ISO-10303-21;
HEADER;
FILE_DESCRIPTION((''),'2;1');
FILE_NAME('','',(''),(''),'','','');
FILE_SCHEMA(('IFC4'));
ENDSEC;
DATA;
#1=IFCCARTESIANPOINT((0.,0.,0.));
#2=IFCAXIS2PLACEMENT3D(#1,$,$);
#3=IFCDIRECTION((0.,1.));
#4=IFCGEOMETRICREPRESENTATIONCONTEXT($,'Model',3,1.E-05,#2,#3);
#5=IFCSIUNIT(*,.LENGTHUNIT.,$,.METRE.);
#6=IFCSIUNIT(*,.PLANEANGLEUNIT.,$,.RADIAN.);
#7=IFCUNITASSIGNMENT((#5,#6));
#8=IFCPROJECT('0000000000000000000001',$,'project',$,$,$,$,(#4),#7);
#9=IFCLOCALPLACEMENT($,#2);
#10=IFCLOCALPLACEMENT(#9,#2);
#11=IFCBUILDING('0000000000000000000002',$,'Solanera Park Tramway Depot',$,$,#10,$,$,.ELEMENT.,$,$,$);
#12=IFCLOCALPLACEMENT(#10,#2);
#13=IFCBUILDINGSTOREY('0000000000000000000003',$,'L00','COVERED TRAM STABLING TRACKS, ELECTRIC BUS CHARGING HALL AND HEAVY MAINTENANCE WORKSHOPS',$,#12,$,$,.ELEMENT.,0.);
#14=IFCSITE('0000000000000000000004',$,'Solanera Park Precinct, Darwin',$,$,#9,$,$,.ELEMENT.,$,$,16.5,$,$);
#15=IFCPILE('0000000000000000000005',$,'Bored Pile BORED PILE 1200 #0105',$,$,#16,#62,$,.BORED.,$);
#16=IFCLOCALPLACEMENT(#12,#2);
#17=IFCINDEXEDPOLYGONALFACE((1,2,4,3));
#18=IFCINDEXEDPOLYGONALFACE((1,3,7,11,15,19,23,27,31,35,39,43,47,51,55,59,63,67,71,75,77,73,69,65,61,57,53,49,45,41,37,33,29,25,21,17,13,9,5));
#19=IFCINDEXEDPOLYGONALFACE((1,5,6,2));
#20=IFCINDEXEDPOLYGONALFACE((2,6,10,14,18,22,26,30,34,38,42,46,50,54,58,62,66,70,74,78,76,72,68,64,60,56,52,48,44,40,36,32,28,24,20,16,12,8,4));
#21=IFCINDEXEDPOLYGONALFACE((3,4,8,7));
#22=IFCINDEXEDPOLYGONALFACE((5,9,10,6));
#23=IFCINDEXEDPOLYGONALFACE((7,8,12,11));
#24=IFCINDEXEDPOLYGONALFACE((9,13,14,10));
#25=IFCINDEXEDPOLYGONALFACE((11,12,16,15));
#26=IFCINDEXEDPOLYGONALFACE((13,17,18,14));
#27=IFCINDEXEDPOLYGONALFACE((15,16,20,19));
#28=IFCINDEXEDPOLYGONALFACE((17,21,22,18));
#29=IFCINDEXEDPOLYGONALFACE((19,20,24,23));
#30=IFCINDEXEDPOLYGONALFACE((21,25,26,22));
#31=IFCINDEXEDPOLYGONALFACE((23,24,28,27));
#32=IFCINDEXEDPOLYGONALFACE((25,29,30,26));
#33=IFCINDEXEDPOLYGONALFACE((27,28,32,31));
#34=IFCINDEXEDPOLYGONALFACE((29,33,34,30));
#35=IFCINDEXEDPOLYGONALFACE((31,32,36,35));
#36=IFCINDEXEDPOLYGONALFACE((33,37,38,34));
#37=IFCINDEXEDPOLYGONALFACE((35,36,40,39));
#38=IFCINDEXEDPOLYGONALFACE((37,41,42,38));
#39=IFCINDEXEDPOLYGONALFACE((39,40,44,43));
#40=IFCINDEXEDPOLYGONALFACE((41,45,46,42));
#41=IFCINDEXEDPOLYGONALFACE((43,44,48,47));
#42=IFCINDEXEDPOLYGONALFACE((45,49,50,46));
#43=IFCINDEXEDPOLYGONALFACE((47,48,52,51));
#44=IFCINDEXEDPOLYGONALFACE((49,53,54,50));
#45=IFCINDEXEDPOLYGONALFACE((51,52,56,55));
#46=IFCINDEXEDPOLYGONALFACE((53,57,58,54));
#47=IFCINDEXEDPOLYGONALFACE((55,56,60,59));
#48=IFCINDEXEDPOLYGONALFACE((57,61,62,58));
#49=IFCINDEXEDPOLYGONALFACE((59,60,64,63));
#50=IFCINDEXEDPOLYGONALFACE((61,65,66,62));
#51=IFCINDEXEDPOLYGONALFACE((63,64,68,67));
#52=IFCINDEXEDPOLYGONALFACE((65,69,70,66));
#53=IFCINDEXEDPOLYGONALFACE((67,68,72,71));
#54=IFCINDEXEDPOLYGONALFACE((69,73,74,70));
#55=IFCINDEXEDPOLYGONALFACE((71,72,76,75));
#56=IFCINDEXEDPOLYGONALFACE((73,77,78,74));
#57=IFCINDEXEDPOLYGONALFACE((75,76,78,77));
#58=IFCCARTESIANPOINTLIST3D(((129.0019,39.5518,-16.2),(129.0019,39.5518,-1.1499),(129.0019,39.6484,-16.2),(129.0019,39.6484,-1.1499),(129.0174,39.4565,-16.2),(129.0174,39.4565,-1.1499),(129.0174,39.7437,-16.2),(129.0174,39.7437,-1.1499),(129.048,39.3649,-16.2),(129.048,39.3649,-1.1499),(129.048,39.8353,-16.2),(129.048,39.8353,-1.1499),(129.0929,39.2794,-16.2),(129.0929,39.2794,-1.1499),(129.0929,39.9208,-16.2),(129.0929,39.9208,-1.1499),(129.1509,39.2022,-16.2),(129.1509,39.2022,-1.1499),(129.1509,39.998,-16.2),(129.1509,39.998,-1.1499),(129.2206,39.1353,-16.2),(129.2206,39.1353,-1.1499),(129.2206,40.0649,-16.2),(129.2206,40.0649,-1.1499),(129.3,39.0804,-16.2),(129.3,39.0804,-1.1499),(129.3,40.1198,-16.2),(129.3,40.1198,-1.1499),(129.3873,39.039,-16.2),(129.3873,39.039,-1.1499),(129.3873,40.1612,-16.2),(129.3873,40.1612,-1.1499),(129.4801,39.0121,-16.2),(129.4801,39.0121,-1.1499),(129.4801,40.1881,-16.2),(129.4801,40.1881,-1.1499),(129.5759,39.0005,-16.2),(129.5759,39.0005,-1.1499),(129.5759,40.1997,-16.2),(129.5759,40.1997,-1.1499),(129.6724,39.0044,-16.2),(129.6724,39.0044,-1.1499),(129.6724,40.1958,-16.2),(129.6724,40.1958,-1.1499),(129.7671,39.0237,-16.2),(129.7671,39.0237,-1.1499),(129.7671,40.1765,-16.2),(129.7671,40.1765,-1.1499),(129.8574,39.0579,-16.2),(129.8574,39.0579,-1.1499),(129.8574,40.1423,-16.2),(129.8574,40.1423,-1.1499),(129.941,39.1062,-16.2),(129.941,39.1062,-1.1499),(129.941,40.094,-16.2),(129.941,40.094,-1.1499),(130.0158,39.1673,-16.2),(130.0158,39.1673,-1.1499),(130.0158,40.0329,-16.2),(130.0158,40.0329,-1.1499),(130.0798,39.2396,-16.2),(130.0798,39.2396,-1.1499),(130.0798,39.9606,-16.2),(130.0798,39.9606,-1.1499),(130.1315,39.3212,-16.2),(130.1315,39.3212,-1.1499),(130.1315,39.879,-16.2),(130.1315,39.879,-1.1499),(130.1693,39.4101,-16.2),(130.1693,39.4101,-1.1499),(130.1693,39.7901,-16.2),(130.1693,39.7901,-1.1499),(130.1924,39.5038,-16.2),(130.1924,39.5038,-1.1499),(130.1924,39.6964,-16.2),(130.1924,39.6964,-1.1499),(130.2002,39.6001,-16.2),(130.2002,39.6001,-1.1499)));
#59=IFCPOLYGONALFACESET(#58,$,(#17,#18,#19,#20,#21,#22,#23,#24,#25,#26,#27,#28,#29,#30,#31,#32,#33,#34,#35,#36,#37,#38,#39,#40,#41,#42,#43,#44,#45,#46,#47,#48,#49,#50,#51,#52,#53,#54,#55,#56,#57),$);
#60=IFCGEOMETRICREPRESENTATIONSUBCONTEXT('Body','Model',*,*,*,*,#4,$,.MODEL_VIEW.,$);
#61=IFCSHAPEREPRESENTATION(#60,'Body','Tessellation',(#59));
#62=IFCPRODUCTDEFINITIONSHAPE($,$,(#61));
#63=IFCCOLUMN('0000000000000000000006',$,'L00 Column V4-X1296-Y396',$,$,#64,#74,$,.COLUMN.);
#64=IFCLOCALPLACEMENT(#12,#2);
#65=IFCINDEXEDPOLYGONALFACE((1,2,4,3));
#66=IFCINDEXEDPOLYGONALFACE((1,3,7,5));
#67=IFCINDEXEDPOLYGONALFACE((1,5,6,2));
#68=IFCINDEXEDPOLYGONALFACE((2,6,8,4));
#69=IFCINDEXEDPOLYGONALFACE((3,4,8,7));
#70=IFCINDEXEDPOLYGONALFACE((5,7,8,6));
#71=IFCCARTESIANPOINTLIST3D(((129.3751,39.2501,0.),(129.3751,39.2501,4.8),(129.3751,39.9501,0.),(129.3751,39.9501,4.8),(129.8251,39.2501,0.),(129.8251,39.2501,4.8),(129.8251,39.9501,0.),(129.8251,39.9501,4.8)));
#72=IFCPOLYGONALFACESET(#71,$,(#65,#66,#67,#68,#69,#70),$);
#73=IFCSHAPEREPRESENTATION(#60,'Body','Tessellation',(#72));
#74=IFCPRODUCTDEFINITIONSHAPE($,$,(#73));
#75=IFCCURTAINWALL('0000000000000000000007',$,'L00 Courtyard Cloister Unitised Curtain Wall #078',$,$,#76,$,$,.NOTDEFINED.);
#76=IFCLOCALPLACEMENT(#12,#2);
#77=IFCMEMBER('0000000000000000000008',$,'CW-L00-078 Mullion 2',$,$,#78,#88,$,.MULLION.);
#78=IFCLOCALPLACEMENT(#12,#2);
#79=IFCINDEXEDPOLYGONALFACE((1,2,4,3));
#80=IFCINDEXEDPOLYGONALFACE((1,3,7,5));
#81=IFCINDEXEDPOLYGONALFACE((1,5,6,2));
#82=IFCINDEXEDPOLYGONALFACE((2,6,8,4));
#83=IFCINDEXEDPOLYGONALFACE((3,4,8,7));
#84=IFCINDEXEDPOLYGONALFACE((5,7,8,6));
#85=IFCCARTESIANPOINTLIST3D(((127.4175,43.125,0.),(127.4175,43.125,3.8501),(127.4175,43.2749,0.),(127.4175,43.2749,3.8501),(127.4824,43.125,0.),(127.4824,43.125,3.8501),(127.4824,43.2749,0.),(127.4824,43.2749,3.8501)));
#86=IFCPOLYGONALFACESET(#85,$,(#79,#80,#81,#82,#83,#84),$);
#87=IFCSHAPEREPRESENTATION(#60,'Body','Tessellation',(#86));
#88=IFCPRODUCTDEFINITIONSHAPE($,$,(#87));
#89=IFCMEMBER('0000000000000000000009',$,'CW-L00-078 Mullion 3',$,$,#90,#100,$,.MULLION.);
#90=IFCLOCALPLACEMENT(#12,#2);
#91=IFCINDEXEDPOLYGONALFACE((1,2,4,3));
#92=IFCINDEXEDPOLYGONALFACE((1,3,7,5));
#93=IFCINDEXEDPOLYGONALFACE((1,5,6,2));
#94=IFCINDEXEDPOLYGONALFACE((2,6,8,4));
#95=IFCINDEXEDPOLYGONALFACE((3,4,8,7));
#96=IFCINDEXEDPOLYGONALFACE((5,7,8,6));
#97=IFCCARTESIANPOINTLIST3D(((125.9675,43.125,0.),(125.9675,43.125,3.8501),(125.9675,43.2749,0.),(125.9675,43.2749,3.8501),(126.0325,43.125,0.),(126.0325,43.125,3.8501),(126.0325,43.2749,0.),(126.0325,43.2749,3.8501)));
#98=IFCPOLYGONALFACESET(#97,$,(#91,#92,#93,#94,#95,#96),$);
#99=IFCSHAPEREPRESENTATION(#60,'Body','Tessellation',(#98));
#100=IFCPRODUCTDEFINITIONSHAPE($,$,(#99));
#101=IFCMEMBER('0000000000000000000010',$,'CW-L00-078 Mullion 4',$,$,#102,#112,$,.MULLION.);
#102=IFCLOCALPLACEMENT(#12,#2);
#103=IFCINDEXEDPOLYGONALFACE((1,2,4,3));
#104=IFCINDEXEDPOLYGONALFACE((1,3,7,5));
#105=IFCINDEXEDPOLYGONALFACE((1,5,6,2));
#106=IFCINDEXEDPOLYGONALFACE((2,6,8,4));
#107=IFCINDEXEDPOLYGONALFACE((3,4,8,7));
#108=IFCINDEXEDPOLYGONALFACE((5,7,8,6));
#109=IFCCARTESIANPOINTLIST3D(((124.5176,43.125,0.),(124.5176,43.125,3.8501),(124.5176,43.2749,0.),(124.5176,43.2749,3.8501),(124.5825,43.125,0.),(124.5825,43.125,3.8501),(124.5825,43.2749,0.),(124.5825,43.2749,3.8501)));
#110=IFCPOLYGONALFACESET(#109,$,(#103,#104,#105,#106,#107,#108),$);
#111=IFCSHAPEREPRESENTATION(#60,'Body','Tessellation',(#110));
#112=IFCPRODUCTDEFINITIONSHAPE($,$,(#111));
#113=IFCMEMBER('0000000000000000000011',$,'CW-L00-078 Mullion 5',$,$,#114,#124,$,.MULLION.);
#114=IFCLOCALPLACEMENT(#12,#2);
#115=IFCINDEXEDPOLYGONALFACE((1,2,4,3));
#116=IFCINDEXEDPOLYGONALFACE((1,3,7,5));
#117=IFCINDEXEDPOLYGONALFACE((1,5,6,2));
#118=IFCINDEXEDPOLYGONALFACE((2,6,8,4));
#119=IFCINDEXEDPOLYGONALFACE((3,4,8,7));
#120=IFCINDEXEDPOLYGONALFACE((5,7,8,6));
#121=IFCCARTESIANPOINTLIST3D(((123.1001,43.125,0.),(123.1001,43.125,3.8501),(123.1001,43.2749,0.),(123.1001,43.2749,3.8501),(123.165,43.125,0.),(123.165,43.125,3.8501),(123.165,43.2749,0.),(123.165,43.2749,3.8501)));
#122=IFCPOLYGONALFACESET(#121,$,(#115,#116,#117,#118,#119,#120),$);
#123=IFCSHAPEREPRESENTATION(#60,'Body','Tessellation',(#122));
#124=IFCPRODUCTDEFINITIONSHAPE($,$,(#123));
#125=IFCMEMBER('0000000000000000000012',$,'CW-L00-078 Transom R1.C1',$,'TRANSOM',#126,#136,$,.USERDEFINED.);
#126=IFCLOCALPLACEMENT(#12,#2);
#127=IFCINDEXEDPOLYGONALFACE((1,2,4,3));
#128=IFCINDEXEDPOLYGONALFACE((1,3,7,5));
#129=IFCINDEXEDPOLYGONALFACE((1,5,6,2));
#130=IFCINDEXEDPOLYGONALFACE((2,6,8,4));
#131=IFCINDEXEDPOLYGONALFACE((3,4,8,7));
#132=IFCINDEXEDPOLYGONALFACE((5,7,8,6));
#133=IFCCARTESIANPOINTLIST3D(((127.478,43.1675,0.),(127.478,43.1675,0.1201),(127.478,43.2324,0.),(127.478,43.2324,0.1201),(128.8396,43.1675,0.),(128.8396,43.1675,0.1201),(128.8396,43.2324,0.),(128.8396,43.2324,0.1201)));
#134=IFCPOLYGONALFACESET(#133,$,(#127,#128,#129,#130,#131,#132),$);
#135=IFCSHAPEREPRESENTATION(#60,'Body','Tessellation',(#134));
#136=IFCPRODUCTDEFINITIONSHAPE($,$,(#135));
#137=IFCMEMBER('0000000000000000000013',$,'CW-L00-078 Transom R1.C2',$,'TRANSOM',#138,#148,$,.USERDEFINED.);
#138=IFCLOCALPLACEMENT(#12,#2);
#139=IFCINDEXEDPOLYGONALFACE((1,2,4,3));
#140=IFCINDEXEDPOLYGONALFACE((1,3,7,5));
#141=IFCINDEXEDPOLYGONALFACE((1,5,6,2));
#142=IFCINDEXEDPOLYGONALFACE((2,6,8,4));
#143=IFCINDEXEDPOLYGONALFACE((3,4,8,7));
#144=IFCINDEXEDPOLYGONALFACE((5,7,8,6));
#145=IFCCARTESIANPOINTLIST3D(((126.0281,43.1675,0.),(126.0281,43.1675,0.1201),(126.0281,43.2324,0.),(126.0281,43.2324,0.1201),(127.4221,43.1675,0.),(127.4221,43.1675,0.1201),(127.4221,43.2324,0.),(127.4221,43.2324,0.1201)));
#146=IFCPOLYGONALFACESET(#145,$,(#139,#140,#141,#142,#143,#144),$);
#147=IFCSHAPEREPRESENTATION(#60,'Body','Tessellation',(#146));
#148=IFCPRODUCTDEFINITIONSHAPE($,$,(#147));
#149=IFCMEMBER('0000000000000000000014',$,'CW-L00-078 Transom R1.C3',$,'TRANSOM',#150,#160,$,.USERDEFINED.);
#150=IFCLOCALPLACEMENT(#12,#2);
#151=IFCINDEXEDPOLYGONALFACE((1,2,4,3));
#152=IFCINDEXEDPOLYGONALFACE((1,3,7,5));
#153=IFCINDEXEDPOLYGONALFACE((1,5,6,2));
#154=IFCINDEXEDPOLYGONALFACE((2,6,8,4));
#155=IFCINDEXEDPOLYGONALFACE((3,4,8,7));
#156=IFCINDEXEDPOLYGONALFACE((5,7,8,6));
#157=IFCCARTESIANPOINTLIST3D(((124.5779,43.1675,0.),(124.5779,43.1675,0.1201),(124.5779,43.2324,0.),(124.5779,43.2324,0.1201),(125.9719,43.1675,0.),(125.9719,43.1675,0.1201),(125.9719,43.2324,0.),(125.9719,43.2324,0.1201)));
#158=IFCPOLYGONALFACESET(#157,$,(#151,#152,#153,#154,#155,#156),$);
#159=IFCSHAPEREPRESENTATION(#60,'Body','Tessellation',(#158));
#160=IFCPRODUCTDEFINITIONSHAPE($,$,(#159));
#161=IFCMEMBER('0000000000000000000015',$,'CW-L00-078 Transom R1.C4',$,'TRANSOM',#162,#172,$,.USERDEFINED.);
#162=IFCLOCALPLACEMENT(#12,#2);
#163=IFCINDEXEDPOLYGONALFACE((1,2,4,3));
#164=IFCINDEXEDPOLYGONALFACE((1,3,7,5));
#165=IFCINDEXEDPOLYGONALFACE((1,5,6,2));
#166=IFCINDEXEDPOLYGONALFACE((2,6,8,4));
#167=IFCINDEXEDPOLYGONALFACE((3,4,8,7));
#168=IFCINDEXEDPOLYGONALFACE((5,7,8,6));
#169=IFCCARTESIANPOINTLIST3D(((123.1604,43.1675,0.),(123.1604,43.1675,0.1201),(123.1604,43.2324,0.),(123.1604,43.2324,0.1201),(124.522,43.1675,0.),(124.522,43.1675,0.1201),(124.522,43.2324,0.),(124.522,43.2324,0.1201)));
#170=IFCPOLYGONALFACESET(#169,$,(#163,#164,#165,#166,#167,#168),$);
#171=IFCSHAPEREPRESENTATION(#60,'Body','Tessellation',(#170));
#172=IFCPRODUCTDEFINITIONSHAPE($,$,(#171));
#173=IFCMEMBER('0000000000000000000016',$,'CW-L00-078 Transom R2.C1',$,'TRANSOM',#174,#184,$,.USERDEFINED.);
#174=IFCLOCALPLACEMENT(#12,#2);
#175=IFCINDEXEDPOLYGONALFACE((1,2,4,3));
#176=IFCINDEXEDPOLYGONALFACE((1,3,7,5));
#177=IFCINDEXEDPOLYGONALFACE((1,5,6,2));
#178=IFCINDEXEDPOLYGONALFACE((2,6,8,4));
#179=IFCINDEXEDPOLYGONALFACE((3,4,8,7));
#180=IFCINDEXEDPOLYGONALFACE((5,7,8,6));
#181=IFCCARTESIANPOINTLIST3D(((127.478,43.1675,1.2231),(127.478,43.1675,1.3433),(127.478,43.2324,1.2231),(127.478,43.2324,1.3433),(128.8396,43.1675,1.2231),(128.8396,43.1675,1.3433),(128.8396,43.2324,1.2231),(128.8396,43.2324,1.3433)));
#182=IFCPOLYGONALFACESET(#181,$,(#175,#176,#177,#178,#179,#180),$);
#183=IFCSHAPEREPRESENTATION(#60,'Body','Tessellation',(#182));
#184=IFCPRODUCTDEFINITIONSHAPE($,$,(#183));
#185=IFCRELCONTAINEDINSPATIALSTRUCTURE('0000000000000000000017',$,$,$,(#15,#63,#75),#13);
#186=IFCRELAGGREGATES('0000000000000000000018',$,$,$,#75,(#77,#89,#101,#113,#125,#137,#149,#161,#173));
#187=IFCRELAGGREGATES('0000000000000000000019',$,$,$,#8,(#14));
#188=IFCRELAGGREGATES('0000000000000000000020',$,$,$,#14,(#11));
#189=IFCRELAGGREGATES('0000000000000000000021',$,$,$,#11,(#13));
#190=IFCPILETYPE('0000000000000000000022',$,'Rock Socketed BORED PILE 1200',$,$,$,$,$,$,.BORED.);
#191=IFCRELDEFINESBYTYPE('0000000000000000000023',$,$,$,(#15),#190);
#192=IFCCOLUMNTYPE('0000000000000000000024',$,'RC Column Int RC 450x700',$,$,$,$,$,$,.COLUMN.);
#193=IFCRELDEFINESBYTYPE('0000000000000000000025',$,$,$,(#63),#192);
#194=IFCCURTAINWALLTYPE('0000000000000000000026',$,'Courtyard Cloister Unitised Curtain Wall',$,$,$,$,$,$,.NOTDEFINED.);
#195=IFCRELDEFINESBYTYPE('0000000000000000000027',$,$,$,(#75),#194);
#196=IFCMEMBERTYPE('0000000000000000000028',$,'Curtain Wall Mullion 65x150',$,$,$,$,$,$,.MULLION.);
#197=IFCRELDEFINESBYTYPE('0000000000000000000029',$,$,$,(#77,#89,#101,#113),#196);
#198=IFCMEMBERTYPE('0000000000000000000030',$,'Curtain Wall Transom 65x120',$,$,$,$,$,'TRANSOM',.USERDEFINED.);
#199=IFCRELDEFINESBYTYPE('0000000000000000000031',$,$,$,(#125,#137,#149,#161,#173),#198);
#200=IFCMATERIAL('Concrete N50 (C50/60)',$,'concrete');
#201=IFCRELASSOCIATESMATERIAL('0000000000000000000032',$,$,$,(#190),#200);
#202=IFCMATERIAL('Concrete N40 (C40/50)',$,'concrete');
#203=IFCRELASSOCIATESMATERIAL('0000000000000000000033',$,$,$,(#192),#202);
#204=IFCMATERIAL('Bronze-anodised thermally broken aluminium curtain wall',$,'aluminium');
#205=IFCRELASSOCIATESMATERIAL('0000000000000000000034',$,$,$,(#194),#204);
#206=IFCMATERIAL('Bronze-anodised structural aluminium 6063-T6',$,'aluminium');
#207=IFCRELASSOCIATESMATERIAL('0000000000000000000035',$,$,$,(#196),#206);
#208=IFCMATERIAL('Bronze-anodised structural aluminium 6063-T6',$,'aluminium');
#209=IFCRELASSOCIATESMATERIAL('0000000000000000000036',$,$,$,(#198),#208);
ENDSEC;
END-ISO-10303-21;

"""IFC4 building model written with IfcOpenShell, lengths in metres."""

from ifc_helpers import new_model, si_unit, direction, frame, origin, origin_2d, place, context, subcontext, project, spatial, rectangle, circle, extrude, material, material_profile, profile_set, type_object, element, aggregate, save


model = new_model("IFC4")

# Units and contexts
model_context = context("Model", 3, precision=1e-05, world=origin(), true_north=direction((0.0, 1.0)))
body_context = subcontext(model_context, "Body", "Model", "MODEL_VIEW")
ifc_project = project(units=[si_unit("LENGTHUNIT", "METRE"), si_unit("PLANEANGLEUNIT", "RADIAN")], contexts=[model_context])

# Site, building, storey
site_placement = place(None, origin())
site = spatial("IfcSite", under=ifc_project, at=site_placement, Name="Solanera Park Precinct, Darwin", CompositionType="ELEMENT", RefElevation=16.5)
building_placement = place(site_placement, origin())
building = spatial("IfcBuilding", under=site, at=building_placement, Name="Solanera Park Tramway Depot", CompositionType="ELEMENT")
storey_placement = place(building_placement, origin())
storey = spatial("IfcBuildingStorey", under=building, at=storey_placement, Name="L00", Description="COVERED TRAM STABLING TRACKS, ELECTRIC BUS CHARGING HALL AND HEAVY MAINTENANCE WORKSHOPS", CompositionType="ELEMENT", Elevation=0.0)

# Pile
ifc_material_1 = material(Name="Concrete N50 (C50/60)", Category="concrete")
ifc_material_profile_1 = material_profile(ifc_material_1, circle(Radius=0.6001, at=origin_2d()), Name="BORED PILE 1200")
ifc_profile_set_1 = profile_set([ifc_material_profile_1], Name="Concrete N50 (C50/60)")
pile_type = type_object("IfcPileType", Name="Rock Socketed BORED PILE 1200", PredefinedType="BORED", material=ifc_profile_set_1)
pile_placement = place(storey_placement, frame((129.6001, 39.6001, -1.1499), z_axis=(0.0, 0.0, -1.0), x_axis=(1.0, 0.0, 0.0)))
element("IfcPile", 1, at=pile_placement, inside=storey, type_object=pile_type, Name="Bored Pile BORED PILE 1200 #0105", PredefinedType="BORED", context=body_context, shape_type="SweptSolid", body=[
    extrude(circle(Radius=0.6001, at=origin_2d()), origin(), (0.0, 0.0, 1.0), 15.05),
])

# Column
ifc_material_2 = material(Name="Concrete N40 (C40/50)", Category="concrete")
ifc_material_profile_2 = material_profile(ifc_material_2, rectangle(XDim=0.45, YDim=0.7, at=origin_2d()), Name="RC 450x700")
ifc_profile_set_2 = profile_set([ifc_material_profile_2], Name="Concrete N40 (C40/50)")
column_type = type_object("IfcColumnType", Name="RC Column Int RC 450x700", PredefinedType="COLUMN", material=ifc_profile_set_2)
column_placement = place(storey_placement, frame((129.6001, 39.6001, 0.0), z_axis=(0.0, 0.0, 1.0), x_axis=(1.0, 0.0, 0.0)))
element("IfcColumn", 2, at=column_placement, inside=storey, type_object=column_type, Name="L00 Column V4-X1296-Y396", PredefinedType="COLUMN", context=body_context, shape_type="SweptSolid", body=[
    extrude(rectangle(XDim=0.45, YDim=0.7, at=origin_2d()), origin(), (0.0, 0.0, 1.0), 4.8),
])

# Curtain wall, members
ifc_material_3 = material(Name="Bronze-anodised thermally broken aluminium curtain wall", Category="aluminium")
curtain_wall_type = type_object("IfcCurtainWallType", Name="Courtyard Cloister Unitised Curtain Wall", PredefinedType="NOTDEFINED", material=ifc_material_3)
curtain_wall_placement = place(storey_placement, origin())
curtain_wall = element("IfcCurtainWall", 3, at=curtain_wall_placement, inside=storey, type_object=curtain_wall_type, Name="L00 Courtyard Cloister Unitised Curtain Wall #078", PredefinedType="NOTDEFINED")
ifc_material_4 = material(Name="Bronze-anodised structural aluminium 6063-T6", Category="aluminium")
ifc_material_profile_3 = material_profile(ifc_material_4, rectangle(XDim=0.0649, YDim=0.1499, at=origin_2d()), Name="Curtain Wall Mullion 65x150")
ifc_profile_set_3 = profile_set([ifc_material_profile_3], Name="Bronze-anodised structural aluminium 6063-T6")
member_type_1 = type_object("IfcMemberType", Name="Curtain Wall Mullion 65x150", PredefinedType="MULLION", material=ifc_profile_set_3)
member_1_placement = place(storey_placement, frame((127.45, 43.2, 0.0), z_axis=(0.0, 0.0, 1.0), x_axis=(1.0, 0.0, 0.0)))
member_1 = element("IfcMember", 4, at=member_1_placement, type_object=member_type_1, Name="CW-L00-078 Mullion 2", PredefinedType="MULLION", context=body_context, shape_type="SweptSolid", body=[
    extrude(rectangle(XDim=0.0649, YDim=0.1499, at=origin_2d()), origin(), (0.0, 0.0, 1.0), 3.8501),
])
member_2_placement = place(storey_placement, frame((126.0, 43.2, 0.0), z_axis=(0.0, 0.0, 1.0), x_axis=(1.0, 0.0, 0.0)))
member_2 = element("IfcMember", 5, at=member_2_placement, type_object=member_type_1, Name="CW-L00-078 Mullion 3", PredefinedType="MULLION", context=body_context, shape_type="SweptSolid", body=[
    extrude(rectangle(XDim=0.0649, YDim=0.1499, at=origin_2d()), origin(), (0.0, 0.0, 1.0), 3.8501),
])
member_3_placement = place(storey_placement, frame((124.55, 43.2, 0.0), z_axis=(0.0, 0.0, 1.0), x_axis=(1.0, 0.0, 0.0)))
member_3 = element("IfcMember", 6, at=member_3_placement, type_object=member_type_1, Name="CW-L00-078 Mullion 4", PredefinedType="MULLION", context=body_context, shape_type="SweptSolid", body=[
    extrude(rectangle(XDim=0.0649, YDim=0.1499, at=origin_2d()), origin(), (0.0, 0.0, 1.0), 3.8501),
])
member_4_placement = place(storey_placement, frame((123.1326, 43.2, 0.0), z_axis=(0.0, 0.0, 1.0), x_axis=(1.0, 0.0, 0.0)))
member_4 = element("IfcMember", 7, at=member_4_placement, type_object=member_type_1, Name="CW-L00-078 Mullion 5", PredefinedType="MULLION", context=body_context, shape_type="SweptSolid", body=[
    extrude(rectangle(XDim=0.0649, YDim=0.1499, at=origin_2d()), origin(), (0.0, 0.0, 1.0), 3.8501),
])
ifc_material_5 = material(Name="Bronze-anodised structural aluminium 6063-T6", Category="aluminium")
ifc_material_profile_4 = material_profile(ifc_material_5, rectangle(XDim=0.0649, YDim=0.1201, at=origin_2d()), Name="Curtain Wall Transom 65x120")
ifc_profile_set_4 = profile_set([ifc_material_profile_4], Name="Bronze-anodised structural aluminium 6063-T6")
member_type_2 = type_object("IfcMemberType", Name="Curtain Wall Transom 65x120", ElementType="TRANSOM", PredefinedType="USERDEFINED", material=ifc_profile_set_4)
member_5_placement = place(storey_placement, frame((128.8396, 43.2, 0.0601), z_axis=(-1.0, 0.0, 0.0), x_axis=(0.0, -1.0, 0.0)))
member_5 = element("IfcMember", 8, at=member_5_placement, type_object=member_type_2, Name="CW-L00-078 Transom R1.C1", ObjectType="TRANSOM", PredefinedType="USERDEFINED", context=body_context, shape_type="SweptSolid", body=[
    extrude(rectangle(XDim=0.0649, YDim=0.1201, at=origin_2d()), origin(), (0.0, 0.0, 1.0), 1.3616),
])
member_6_placement = place(storey_placement, frame((127.4221, 43.2, 0.0601), z_axis=(-1.0, 0.0, 0.0), x_axis=(0.0, -1.0, 0.0)))
member_6 = element("IfcMember", 9, at=member_6_placement, type_object=member_type_2, Name="CW-L00-078 Transom R1.C2", ObjectType="TRANSOM", PredefinedType="USERDEFINED", context=body_context, shape_type="SweptSolid", body=[
    extrude(rectangle(XDim=0.0649, YDim=0.1201, at=origin_2d()), origin(), (0.0, 0.0, 1.0), 1.394),
])
member_7_placement = place(storey_placement, frame((125.9719, 43.2, 0.0601), z_axis=(-1.0, 0.0, 0.0), x_axis=(0.0, -1.0, 0.0)))
member_7 = element("IfcMember", 10, at=member_7_placement, type_object=member_type_2, Name="CW-L00-078 Transom R1.C3", ObjectType="TRANSOM", PredefinedType="USERDEFINED", context=body_context, shape_type="SweptSolid", body=[
    extrude(rectangle(XDim=0.0649, YDim=0.1201, at=origin_2d()), origin(), (0.0, 0.0, 1.0), 1.394),
])
member_8_placement = place(storey_placement, frame((124.522, 43.2, 0.0601), z_axis=(-1.0, 0.0, 0.0), x_axis=(0.0, -1.0, 0.0)))
member_8 = element("IfcMember", 11, at=member_8_placement, type_object=member_type_2, Name="CW-L00-078 Transom R1.C4", ObjectType="TRANSOM", PredefinedType="USERDEFINED", context=body_context, shape_type="SweptSolid", body=[
    extrude(rectangle(XDim=0.0649, YDim=0.1201, at=origin_2d()), origin(), (0.0, 0.0, 1.0), 1.3616),
])
member_9_placement = place(storey_placement, frame((128.8396, 43.2, 1.2832), z_axis=(-1.0, 0.0, 0.0), x_axis=(0.0, -1.0, 0.0)))
member_9 = element("IfcMember", 12, at=member_9_placement, type_object=member_type_2, Name="CW-L00-078 Transom R2.C1", ObjectType="TRANSOM", PredefinedType="USERDEFINED", context=body_context, shape_type="SweptSolid", body=[
    extrude(rectangle(XDim=0.0649, YDim=0.1201, at=origin_2d()), origin(), (0.0, 0.0, 1.0), 1.3616),
])
aggregate(curtain_wall, [member_1, member_2, member_3, member_4, member_5, member_6, member_7, member_8, member_9])

save(model, "model.ifc")
